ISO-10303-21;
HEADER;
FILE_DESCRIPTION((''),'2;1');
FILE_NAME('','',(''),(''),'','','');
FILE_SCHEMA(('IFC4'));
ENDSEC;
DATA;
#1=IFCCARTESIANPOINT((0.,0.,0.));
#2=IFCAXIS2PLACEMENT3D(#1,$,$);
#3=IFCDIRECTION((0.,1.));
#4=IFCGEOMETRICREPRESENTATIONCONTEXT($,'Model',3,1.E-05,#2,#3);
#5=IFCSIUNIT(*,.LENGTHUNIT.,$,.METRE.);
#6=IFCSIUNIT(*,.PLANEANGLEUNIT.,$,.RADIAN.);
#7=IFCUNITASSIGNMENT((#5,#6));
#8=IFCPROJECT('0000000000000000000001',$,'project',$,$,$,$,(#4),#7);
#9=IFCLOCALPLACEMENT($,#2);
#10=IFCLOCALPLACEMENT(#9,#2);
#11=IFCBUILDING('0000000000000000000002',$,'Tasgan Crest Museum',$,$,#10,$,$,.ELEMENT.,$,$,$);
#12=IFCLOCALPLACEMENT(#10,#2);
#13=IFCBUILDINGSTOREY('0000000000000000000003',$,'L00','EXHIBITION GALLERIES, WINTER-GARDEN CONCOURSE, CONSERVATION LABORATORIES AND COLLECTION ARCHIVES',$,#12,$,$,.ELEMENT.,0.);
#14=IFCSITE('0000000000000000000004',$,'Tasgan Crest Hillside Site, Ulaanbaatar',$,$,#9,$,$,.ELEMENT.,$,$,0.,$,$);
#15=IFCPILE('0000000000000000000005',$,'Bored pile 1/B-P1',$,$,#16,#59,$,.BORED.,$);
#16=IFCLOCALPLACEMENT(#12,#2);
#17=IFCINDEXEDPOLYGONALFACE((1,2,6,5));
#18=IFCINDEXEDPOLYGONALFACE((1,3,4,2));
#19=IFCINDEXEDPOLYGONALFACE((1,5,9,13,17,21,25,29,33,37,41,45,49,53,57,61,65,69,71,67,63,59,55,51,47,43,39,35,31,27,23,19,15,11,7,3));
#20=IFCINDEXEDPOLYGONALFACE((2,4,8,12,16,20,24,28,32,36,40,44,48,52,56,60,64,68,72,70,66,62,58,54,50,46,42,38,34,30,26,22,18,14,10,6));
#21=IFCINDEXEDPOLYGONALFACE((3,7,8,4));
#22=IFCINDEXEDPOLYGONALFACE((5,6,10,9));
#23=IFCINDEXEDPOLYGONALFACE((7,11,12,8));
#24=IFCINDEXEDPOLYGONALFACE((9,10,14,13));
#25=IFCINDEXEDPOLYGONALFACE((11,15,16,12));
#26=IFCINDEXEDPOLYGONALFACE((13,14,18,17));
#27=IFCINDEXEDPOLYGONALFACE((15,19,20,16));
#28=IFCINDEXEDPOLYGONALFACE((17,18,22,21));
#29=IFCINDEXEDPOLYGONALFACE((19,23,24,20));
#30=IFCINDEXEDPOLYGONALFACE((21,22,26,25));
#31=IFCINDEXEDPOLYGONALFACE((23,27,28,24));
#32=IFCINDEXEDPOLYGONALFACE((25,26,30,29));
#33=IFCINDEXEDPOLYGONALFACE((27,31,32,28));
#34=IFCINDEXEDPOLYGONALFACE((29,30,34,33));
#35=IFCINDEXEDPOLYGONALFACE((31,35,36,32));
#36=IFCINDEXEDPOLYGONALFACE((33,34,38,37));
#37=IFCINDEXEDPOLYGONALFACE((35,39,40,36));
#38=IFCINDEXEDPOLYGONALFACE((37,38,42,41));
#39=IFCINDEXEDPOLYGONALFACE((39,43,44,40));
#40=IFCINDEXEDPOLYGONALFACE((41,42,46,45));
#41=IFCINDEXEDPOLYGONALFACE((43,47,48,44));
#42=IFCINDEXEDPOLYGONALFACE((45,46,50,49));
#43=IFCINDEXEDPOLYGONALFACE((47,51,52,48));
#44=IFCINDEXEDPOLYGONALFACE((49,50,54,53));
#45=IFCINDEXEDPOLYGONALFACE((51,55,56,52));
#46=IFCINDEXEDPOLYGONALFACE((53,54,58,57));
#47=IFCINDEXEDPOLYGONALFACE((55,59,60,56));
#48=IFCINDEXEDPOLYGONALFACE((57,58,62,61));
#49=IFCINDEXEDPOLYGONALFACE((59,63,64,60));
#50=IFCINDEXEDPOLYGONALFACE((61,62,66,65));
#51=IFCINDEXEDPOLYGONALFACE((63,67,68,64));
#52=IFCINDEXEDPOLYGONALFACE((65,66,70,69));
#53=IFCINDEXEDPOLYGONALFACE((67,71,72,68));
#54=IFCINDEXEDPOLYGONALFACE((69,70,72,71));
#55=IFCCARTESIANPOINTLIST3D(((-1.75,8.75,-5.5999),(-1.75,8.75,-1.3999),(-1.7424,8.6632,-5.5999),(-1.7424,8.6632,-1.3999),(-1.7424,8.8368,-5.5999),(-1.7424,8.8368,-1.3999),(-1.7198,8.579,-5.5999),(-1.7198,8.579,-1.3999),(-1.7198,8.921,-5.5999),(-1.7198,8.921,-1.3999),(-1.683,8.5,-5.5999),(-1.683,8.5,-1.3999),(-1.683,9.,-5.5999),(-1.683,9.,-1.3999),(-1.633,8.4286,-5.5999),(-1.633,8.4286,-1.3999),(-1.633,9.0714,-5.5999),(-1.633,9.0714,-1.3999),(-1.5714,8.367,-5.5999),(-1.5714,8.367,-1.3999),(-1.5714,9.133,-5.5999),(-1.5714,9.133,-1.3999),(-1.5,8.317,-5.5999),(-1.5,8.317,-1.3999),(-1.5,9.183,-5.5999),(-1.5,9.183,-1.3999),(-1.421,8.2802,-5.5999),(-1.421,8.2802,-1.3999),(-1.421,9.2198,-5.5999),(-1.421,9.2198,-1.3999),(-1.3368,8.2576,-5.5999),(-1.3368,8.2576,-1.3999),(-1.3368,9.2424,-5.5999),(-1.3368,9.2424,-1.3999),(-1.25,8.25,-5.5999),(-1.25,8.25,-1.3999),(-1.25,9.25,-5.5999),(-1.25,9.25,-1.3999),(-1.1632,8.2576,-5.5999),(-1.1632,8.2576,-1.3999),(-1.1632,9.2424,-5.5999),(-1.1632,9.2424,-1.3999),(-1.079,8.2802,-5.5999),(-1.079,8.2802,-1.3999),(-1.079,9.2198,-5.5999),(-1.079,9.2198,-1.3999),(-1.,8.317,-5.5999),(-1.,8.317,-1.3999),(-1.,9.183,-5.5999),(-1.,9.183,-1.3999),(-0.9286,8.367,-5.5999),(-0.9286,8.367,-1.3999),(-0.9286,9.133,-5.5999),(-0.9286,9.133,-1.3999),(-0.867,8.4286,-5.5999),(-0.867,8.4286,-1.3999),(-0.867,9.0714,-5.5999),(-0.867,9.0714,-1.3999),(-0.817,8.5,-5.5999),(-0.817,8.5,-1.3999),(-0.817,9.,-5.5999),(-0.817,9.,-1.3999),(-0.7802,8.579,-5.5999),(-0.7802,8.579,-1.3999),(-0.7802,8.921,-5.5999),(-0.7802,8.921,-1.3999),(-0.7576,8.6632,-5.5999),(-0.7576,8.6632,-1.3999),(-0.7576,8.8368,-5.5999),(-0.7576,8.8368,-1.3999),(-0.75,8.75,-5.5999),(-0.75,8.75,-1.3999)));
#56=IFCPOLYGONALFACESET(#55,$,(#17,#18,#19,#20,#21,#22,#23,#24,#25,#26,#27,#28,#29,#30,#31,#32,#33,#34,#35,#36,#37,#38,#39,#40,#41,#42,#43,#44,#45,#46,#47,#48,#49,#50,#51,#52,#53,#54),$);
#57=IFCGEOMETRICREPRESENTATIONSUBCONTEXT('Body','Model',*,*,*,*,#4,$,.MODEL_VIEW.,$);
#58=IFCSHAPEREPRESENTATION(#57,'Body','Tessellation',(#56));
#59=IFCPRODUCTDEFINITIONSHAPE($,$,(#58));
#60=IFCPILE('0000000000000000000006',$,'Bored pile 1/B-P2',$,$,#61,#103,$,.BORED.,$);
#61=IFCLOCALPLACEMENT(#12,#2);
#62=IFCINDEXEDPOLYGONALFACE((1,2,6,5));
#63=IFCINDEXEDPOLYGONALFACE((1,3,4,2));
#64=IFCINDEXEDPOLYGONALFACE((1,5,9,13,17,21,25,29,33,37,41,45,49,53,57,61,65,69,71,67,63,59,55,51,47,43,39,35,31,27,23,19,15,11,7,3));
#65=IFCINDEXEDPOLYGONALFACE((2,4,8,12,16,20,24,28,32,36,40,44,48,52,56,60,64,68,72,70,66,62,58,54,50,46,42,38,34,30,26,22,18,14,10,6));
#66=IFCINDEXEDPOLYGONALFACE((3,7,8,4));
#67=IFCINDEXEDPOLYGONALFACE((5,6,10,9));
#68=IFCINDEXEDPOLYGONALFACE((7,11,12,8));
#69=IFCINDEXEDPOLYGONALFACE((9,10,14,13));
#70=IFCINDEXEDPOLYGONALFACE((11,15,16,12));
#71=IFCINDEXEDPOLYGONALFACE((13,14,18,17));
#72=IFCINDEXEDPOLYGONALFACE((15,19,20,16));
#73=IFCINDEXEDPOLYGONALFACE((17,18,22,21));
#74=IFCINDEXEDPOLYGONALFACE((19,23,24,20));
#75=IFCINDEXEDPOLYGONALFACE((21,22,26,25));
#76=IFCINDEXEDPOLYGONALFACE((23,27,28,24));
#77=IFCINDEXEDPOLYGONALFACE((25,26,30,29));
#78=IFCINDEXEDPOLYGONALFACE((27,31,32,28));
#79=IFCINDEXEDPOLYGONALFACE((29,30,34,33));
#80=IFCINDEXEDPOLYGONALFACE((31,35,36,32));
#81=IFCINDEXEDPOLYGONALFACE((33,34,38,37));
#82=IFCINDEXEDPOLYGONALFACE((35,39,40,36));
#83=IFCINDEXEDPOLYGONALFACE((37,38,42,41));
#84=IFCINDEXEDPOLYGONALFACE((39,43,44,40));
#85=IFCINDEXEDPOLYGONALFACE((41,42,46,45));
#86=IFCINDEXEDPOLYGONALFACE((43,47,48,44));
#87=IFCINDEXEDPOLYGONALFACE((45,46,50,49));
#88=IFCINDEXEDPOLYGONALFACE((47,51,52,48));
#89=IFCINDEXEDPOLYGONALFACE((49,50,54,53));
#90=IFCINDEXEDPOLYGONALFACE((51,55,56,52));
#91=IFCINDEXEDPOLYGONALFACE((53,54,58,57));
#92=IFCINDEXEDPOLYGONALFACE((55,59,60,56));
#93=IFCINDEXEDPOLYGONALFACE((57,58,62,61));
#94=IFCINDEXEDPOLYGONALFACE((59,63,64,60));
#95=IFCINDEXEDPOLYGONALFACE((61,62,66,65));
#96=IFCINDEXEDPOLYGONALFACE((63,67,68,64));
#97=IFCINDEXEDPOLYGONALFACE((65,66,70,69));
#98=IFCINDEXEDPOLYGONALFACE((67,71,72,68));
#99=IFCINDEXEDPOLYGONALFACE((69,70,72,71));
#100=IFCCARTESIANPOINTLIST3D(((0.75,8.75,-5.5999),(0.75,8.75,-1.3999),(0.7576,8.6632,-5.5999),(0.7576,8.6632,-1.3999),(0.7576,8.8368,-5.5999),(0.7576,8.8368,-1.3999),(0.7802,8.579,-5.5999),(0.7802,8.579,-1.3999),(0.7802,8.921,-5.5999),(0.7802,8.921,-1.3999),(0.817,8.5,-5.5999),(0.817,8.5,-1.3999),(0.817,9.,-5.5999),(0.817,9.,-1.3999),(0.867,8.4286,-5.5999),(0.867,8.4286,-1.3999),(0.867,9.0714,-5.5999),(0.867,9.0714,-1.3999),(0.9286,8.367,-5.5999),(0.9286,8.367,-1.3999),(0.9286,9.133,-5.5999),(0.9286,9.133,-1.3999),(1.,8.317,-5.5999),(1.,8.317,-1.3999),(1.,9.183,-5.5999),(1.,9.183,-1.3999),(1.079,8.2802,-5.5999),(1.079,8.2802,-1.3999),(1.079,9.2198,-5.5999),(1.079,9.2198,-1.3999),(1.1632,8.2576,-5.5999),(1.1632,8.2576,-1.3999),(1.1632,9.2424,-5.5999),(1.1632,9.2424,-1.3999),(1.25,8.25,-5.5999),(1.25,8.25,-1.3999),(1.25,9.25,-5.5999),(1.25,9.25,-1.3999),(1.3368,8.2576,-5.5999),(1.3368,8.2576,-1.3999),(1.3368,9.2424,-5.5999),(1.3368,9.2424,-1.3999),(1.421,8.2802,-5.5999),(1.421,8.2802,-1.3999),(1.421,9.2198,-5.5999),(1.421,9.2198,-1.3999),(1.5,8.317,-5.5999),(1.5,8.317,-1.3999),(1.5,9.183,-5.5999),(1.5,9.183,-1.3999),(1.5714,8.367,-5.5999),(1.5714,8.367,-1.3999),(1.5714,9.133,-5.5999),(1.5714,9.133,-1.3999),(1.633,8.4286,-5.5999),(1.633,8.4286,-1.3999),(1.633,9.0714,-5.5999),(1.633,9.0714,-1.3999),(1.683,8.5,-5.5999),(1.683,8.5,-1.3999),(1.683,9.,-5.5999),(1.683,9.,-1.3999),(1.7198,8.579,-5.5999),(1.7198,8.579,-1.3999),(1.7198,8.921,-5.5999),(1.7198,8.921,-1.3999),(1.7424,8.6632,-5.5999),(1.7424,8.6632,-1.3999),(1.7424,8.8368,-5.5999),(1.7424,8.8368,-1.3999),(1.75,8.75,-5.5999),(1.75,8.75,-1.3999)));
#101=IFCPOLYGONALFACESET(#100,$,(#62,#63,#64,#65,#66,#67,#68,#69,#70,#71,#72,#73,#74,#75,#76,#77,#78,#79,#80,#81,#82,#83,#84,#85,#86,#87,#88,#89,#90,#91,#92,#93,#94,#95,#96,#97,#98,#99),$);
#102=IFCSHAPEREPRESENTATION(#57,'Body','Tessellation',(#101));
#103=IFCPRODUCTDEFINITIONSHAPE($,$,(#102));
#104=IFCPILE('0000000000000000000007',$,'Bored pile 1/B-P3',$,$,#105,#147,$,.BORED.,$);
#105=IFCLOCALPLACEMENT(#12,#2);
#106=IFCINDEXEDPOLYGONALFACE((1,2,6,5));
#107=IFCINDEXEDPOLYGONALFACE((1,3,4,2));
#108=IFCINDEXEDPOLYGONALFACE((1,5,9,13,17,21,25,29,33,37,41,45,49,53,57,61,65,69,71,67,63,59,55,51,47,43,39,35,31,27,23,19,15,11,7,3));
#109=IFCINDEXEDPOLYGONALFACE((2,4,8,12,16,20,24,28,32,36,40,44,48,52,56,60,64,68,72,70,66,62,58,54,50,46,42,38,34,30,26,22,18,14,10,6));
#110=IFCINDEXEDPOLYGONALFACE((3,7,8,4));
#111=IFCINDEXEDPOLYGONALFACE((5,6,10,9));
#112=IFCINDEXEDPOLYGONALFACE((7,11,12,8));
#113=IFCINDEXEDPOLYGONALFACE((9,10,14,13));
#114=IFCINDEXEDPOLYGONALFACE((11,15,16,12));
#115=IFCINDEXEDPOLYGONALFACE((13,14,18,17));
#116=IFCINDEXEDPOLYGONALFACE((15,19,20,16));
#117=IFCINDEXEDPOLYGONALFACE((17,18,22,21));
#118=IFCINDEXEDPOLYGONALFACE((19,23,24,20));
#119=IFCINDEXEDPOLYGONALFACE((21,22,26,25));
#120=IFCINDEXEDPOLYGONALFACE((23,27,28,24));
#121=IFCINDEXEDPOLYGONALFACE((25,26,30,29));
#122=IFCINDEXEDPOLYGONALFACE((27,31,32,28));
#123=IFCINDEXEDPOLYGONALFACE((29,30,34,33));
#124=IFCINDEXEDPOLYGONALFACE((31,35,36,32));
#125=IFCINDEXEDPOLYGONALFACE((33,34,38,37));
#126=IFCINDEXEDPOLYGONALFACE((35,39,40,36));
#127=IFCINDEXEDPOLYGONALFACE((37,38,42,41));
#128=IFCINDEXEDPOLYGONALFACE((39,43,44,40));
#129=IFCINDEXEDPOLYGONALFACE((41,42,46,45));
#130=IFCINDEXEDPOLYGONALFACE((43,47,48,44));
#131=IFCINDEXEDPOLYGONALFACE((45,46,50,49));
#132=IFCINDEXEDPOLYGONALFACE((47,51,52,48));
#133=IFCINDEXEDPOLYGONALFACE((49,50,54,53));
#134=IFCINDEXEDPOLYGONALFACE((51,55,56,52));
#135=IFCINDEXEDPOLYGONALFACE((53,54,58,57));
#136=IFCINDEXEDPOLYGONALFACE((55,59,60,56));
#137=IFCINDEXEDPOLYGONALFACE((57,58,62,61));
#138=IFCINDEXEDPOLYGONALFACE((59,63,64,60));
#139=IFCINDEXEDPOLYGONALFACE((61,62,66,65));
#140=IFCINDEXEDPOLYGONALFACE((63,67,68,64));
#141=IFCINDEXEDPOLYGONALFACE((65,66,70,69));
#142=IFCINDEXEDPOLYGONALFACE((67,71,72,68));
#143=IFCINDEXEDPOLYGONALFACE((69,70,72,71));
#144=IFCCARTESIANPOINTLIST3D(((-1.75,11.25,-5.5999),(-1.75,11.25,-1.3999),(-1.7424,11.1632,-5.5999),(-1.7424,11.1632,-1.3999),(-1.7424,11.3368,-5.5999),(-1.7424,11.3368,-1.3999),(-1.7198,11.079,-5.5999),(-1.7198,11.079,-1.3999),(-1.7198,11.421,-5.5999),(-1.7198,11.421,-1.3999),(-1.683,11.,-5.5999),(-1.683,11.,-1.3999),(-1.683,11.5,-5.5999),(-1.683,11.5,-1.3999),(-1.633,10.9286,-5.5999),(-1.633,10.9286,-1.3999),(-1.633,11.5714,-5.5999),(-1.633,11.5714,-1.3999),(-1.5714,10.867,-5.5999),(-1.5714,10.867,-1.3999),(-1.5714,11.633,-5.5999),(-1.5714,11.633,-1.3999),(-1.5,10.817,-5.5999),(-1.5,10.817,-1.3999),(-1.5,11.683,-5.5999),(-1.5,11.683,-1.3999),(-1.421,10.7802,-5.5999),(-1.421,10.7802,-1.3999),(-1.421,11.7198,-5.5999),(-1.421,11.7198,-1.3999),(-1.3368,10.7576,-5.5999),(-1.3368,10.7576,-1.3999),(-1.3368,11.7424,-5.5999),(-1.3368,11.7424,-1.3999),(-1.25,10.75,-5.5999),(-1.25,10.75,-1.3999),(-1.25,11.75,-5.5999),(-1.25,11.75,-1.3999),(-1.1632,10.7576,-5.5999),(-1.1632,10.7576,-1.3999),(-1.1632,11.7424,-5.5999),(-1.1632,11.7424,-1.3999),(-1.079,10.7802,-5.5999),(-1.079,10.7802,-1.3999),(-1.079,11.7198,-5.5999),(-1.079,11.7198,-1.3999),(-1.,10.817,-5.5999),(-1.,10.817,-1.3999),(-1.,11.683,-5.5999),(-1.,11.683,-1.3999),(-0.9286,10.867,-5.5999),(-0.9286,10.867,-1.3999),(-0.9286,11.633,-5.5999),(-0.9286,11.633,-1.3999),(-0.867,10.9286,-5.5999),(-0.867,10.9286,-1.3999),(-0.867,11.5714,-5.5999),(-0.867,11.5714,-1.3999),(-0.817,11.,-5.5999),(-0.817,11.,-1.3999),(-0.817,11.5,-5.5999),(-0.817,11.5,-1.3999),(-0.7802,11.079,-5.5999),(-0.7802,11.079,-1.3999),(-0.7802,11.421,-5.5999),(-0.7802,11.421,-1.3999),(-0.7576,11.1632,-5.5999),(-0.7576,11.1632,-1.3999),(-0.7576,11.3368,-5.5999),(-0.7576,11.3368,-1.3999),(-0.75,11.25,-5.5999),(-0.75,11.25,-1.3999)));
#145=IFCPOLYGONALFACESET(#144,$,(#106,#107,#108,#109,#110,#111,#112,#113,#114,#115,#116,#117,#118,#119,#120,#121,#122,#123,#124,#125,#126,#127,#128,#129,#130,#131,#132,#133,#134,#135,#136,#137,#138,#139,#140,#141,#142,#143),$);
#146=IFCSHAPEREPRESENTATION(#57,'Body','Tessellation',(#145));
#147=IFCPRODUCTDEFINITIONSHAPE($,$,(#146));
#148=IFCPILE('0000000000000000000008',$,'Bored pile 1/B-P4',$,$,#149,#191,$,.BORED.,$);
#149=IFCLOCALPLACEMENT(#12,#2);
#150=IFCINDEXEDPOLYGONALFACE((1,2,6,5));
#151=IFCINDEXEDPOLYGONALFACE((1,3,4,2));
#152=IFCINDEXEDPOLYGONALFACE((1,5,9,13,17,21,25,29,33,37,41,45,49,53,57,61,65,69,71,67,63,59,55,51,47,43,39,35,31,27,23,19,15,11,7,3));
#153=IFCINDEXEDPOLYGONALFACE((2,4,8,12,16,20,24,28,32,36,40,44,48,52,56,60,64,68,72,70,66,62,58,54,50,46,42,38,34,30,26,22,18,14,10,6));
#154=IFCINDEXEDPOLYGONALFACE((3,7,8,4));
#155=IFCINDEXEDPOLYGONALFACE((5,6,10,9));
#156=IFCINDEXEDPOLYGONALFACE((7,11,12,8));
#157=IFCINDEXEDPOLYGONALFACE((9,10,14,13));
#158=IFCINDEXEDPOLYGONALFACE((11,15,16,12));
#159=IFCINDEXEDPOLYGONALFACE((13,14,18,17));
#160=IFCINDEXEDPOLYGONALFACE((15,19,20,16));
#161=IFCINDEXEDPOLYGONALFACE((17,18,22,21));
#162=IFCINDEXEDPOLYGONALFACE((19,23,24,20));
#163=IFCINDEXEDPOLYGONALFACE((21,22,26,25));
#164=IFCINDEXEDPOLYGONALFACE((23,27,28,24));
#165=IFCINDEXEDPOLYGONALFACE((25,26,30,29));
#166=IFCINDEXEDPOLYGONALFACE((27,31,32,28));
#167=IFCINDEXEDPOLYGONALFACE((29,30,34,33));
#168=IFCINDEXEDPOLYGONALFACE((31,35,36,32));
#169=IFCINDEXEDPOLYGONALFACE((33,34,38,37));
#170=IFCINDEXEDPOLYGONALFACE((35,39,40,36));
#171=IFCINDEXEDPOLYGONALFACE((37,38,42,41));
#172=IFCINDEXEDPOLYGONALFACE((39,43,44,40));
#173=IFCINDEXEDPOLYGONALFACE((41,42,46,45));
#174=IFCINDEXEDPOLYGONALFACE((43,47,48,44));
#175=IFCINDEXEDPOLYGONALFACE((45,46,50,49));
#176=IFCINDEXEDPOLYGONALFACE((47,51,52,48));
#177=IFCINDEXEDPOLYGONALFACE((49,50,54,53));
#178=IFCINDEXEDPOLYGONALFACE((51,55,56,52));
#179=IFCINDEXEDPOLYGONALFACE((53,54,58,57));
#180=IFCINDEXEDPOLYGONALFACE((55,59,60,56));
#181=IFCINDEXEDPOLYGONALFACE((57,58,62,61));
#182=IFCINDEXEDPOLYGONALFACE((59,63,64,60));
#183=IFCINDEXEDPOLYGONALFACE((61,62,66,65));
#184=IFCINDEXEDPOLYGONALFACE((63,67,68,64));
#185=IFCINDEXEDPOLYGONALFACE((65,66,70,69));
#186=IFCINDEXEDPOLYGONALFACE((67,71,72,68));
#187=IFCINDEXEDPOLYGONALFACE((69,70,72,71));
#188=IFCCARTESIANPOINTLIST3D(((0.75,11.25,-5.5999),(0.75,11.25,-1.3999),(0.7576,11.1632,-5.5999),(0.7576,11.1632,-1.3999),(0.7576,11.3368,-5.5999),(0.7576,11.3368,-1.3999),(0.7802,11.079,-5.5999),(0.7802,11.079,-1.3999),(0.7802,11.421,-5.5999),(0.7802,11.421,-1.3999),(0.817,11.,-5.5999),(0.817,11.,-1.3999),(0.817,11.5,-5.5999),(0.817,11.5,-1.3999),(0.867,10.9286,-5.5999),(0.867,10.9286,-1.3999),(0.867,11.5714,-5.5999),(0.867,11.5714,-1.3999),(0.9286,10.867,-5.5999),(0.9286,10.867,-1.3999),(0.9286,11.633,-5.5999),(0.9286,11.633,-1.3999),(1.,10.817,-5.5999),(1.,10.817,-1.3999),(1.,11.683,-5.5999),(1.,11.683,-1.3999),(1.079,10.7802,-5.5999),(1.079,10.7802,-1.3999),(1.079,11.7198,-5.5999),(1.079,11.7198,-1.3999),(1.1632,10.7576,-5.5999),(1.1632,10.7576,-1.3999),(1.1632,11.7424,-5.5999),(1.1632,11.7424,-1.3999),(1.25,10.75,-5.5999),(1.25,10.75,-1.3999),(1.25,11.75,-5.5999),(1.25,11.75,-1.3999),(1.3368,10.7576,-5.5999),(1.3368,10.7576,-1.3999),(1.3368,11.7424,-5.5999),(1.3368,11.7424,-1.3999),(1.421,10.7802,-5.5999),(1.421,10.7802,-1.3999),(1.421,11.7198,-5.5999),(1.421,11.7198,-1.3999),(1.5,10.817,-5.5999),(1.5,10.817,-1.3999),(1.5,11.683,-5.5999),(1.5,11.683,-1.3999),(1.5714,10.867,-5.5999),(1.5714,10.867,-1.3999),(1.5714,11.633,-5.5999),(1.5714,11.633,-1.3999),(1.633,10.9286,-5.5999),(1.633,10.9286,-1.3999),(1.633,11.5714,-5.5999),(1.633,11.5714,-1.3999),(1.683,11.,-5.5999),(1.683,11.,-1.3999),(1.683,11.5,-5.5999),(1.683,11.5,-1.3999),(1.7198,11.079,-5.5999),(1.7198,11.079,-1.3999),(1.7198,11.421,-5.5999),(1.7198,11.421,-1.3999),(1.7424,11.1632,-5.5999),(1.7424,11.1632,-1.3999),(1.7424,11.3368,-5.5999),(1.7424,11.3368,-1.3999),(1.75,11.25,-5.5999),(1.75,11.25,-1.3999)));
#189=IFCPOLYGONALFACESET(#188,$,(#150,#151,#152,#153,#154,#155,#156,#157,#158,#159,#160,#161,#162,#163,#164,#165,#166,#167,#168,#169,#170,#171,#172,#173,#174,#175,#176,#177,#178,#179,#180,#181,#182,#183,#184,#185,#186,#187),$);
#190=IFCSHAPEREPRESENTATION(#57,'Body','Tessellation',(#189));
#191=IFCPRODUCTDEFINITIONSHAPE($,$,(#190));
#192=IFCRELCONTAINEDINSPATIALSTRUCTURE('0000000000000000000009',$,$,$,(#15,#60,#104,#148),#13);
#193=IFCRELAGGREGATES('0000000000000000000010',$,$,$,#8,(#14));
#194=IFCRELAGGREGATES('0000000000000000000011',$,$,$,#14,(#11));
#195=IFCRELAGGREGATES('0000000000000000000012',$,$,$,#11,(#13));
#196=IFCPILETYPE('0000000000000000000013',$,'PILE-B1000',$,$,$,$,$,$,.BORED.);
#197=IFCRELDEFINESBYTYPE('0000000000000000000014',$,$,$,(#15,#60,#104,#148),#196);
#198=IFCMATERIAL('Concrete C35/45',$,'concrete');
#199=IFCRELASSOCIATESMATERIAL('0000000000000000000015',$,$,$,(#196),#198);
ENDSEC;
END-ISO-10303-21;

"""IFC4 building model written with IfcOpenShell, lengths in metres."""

from ifc_helpers import new_model, si_unit, direction, frame, origin, origin_2d, place, context, subcontext, project, spatial, circle, extrude, material, material_profile, profile_set, type_object, element, save


model = new_model("IFC4")

# Units and contexts
model_context = context("Model", 3, precision=1e-05, world=origin(), true_north=direction((0.0, 1.0)))
body_context = subcontext(model_context, "Body", "Model", "MODEL_VIEW")
ifc_project = project(units=[si_unit("LENGTHUNIT", "METRE"), si_unit("PLANEANGLEUNIT", "RADIAN")], contexts=[model_context])

# Site, building, storey
site_placement = place(None, origin())
site = spatial("IfcSite", under=ifc_project, at=site_placement, Name="Tasgan Crest Hillside Site, Ulaanbaatar", CompositionType="ELEMENT", RefElevation=0.0)
building_placement = place(site_placement, origin())
building = spatial("IfcBuilding", under=site, at=building_placement, Name="Tasgan Crest Museum", CompositionType="ELEMENT")
storey_placement = place(building_placement, origin())
storey = spatial("IfcBuildingStorey", under=building, at=storey_placement, Name="L00", Description="EXHIBITION GALLERIES, WINTER-GARDEN CONCOURSE, CONSERVATION LABORATORIES AND COLLECTION ARCHIVES", CompositionType="ELEMENT", Elevation=0.0)

# Piles
ifc_material_1 = material(Name="Concrete C35/45", Category="concrete")
ifc_material_profile_1 = material_profile(ifc_material_1, circle(Radius=0.5, at=origin_2d()), Name="PILE D1000")
ifc_profile_set_1 = profile_set([ifc_material_profile_1], Name="Concrete C35/45")
pile_type = type_object("IfcPileType", Name="PILE-B1000", PredefinedType="BORED", material=ifc_profile_set_1)
for number, where, z_axis, x_axis, name in (
    (1, (-1.25, 8.75, -1.3999), (0.0, 0.0, -1.0), (1.0, 0.0, 0.0), "Bored pile 1/B-P1"),
    (2, (1.25, 8.75, -1.3999), (0.0, 0.0, -1.0), (1.0, 0.0, 0.0), "Bored pile 1/B-P2"),
    (3, (-1.25, 11.25, -1.3999), (0.0, 0.0, -1.0), (1.0, 0.0, 0.0), "Bored pile 1/B-P3"),
    (4, (1.25, 11.25, -1.3999), (0.0, 0.0, -1.0), (1.0, 0.0, 0.0), "Bored pile 1/B-P4"),
):
    element("IfcPile", number, at=place(storey_placement, frame(where, z_axis=z_axis, x_axis=x_axis)), inside=storey, type_object=pile_type, Name=name, PredefinedType="BORED", context=body_context, shape_type="SweptSolid", body=[
        extrude(circle(Radius=0.5, at=origin_2d()), origin(), (0.0, 0.0, 1.0), 4.2),
    ])

save(model, "model.ifc")
